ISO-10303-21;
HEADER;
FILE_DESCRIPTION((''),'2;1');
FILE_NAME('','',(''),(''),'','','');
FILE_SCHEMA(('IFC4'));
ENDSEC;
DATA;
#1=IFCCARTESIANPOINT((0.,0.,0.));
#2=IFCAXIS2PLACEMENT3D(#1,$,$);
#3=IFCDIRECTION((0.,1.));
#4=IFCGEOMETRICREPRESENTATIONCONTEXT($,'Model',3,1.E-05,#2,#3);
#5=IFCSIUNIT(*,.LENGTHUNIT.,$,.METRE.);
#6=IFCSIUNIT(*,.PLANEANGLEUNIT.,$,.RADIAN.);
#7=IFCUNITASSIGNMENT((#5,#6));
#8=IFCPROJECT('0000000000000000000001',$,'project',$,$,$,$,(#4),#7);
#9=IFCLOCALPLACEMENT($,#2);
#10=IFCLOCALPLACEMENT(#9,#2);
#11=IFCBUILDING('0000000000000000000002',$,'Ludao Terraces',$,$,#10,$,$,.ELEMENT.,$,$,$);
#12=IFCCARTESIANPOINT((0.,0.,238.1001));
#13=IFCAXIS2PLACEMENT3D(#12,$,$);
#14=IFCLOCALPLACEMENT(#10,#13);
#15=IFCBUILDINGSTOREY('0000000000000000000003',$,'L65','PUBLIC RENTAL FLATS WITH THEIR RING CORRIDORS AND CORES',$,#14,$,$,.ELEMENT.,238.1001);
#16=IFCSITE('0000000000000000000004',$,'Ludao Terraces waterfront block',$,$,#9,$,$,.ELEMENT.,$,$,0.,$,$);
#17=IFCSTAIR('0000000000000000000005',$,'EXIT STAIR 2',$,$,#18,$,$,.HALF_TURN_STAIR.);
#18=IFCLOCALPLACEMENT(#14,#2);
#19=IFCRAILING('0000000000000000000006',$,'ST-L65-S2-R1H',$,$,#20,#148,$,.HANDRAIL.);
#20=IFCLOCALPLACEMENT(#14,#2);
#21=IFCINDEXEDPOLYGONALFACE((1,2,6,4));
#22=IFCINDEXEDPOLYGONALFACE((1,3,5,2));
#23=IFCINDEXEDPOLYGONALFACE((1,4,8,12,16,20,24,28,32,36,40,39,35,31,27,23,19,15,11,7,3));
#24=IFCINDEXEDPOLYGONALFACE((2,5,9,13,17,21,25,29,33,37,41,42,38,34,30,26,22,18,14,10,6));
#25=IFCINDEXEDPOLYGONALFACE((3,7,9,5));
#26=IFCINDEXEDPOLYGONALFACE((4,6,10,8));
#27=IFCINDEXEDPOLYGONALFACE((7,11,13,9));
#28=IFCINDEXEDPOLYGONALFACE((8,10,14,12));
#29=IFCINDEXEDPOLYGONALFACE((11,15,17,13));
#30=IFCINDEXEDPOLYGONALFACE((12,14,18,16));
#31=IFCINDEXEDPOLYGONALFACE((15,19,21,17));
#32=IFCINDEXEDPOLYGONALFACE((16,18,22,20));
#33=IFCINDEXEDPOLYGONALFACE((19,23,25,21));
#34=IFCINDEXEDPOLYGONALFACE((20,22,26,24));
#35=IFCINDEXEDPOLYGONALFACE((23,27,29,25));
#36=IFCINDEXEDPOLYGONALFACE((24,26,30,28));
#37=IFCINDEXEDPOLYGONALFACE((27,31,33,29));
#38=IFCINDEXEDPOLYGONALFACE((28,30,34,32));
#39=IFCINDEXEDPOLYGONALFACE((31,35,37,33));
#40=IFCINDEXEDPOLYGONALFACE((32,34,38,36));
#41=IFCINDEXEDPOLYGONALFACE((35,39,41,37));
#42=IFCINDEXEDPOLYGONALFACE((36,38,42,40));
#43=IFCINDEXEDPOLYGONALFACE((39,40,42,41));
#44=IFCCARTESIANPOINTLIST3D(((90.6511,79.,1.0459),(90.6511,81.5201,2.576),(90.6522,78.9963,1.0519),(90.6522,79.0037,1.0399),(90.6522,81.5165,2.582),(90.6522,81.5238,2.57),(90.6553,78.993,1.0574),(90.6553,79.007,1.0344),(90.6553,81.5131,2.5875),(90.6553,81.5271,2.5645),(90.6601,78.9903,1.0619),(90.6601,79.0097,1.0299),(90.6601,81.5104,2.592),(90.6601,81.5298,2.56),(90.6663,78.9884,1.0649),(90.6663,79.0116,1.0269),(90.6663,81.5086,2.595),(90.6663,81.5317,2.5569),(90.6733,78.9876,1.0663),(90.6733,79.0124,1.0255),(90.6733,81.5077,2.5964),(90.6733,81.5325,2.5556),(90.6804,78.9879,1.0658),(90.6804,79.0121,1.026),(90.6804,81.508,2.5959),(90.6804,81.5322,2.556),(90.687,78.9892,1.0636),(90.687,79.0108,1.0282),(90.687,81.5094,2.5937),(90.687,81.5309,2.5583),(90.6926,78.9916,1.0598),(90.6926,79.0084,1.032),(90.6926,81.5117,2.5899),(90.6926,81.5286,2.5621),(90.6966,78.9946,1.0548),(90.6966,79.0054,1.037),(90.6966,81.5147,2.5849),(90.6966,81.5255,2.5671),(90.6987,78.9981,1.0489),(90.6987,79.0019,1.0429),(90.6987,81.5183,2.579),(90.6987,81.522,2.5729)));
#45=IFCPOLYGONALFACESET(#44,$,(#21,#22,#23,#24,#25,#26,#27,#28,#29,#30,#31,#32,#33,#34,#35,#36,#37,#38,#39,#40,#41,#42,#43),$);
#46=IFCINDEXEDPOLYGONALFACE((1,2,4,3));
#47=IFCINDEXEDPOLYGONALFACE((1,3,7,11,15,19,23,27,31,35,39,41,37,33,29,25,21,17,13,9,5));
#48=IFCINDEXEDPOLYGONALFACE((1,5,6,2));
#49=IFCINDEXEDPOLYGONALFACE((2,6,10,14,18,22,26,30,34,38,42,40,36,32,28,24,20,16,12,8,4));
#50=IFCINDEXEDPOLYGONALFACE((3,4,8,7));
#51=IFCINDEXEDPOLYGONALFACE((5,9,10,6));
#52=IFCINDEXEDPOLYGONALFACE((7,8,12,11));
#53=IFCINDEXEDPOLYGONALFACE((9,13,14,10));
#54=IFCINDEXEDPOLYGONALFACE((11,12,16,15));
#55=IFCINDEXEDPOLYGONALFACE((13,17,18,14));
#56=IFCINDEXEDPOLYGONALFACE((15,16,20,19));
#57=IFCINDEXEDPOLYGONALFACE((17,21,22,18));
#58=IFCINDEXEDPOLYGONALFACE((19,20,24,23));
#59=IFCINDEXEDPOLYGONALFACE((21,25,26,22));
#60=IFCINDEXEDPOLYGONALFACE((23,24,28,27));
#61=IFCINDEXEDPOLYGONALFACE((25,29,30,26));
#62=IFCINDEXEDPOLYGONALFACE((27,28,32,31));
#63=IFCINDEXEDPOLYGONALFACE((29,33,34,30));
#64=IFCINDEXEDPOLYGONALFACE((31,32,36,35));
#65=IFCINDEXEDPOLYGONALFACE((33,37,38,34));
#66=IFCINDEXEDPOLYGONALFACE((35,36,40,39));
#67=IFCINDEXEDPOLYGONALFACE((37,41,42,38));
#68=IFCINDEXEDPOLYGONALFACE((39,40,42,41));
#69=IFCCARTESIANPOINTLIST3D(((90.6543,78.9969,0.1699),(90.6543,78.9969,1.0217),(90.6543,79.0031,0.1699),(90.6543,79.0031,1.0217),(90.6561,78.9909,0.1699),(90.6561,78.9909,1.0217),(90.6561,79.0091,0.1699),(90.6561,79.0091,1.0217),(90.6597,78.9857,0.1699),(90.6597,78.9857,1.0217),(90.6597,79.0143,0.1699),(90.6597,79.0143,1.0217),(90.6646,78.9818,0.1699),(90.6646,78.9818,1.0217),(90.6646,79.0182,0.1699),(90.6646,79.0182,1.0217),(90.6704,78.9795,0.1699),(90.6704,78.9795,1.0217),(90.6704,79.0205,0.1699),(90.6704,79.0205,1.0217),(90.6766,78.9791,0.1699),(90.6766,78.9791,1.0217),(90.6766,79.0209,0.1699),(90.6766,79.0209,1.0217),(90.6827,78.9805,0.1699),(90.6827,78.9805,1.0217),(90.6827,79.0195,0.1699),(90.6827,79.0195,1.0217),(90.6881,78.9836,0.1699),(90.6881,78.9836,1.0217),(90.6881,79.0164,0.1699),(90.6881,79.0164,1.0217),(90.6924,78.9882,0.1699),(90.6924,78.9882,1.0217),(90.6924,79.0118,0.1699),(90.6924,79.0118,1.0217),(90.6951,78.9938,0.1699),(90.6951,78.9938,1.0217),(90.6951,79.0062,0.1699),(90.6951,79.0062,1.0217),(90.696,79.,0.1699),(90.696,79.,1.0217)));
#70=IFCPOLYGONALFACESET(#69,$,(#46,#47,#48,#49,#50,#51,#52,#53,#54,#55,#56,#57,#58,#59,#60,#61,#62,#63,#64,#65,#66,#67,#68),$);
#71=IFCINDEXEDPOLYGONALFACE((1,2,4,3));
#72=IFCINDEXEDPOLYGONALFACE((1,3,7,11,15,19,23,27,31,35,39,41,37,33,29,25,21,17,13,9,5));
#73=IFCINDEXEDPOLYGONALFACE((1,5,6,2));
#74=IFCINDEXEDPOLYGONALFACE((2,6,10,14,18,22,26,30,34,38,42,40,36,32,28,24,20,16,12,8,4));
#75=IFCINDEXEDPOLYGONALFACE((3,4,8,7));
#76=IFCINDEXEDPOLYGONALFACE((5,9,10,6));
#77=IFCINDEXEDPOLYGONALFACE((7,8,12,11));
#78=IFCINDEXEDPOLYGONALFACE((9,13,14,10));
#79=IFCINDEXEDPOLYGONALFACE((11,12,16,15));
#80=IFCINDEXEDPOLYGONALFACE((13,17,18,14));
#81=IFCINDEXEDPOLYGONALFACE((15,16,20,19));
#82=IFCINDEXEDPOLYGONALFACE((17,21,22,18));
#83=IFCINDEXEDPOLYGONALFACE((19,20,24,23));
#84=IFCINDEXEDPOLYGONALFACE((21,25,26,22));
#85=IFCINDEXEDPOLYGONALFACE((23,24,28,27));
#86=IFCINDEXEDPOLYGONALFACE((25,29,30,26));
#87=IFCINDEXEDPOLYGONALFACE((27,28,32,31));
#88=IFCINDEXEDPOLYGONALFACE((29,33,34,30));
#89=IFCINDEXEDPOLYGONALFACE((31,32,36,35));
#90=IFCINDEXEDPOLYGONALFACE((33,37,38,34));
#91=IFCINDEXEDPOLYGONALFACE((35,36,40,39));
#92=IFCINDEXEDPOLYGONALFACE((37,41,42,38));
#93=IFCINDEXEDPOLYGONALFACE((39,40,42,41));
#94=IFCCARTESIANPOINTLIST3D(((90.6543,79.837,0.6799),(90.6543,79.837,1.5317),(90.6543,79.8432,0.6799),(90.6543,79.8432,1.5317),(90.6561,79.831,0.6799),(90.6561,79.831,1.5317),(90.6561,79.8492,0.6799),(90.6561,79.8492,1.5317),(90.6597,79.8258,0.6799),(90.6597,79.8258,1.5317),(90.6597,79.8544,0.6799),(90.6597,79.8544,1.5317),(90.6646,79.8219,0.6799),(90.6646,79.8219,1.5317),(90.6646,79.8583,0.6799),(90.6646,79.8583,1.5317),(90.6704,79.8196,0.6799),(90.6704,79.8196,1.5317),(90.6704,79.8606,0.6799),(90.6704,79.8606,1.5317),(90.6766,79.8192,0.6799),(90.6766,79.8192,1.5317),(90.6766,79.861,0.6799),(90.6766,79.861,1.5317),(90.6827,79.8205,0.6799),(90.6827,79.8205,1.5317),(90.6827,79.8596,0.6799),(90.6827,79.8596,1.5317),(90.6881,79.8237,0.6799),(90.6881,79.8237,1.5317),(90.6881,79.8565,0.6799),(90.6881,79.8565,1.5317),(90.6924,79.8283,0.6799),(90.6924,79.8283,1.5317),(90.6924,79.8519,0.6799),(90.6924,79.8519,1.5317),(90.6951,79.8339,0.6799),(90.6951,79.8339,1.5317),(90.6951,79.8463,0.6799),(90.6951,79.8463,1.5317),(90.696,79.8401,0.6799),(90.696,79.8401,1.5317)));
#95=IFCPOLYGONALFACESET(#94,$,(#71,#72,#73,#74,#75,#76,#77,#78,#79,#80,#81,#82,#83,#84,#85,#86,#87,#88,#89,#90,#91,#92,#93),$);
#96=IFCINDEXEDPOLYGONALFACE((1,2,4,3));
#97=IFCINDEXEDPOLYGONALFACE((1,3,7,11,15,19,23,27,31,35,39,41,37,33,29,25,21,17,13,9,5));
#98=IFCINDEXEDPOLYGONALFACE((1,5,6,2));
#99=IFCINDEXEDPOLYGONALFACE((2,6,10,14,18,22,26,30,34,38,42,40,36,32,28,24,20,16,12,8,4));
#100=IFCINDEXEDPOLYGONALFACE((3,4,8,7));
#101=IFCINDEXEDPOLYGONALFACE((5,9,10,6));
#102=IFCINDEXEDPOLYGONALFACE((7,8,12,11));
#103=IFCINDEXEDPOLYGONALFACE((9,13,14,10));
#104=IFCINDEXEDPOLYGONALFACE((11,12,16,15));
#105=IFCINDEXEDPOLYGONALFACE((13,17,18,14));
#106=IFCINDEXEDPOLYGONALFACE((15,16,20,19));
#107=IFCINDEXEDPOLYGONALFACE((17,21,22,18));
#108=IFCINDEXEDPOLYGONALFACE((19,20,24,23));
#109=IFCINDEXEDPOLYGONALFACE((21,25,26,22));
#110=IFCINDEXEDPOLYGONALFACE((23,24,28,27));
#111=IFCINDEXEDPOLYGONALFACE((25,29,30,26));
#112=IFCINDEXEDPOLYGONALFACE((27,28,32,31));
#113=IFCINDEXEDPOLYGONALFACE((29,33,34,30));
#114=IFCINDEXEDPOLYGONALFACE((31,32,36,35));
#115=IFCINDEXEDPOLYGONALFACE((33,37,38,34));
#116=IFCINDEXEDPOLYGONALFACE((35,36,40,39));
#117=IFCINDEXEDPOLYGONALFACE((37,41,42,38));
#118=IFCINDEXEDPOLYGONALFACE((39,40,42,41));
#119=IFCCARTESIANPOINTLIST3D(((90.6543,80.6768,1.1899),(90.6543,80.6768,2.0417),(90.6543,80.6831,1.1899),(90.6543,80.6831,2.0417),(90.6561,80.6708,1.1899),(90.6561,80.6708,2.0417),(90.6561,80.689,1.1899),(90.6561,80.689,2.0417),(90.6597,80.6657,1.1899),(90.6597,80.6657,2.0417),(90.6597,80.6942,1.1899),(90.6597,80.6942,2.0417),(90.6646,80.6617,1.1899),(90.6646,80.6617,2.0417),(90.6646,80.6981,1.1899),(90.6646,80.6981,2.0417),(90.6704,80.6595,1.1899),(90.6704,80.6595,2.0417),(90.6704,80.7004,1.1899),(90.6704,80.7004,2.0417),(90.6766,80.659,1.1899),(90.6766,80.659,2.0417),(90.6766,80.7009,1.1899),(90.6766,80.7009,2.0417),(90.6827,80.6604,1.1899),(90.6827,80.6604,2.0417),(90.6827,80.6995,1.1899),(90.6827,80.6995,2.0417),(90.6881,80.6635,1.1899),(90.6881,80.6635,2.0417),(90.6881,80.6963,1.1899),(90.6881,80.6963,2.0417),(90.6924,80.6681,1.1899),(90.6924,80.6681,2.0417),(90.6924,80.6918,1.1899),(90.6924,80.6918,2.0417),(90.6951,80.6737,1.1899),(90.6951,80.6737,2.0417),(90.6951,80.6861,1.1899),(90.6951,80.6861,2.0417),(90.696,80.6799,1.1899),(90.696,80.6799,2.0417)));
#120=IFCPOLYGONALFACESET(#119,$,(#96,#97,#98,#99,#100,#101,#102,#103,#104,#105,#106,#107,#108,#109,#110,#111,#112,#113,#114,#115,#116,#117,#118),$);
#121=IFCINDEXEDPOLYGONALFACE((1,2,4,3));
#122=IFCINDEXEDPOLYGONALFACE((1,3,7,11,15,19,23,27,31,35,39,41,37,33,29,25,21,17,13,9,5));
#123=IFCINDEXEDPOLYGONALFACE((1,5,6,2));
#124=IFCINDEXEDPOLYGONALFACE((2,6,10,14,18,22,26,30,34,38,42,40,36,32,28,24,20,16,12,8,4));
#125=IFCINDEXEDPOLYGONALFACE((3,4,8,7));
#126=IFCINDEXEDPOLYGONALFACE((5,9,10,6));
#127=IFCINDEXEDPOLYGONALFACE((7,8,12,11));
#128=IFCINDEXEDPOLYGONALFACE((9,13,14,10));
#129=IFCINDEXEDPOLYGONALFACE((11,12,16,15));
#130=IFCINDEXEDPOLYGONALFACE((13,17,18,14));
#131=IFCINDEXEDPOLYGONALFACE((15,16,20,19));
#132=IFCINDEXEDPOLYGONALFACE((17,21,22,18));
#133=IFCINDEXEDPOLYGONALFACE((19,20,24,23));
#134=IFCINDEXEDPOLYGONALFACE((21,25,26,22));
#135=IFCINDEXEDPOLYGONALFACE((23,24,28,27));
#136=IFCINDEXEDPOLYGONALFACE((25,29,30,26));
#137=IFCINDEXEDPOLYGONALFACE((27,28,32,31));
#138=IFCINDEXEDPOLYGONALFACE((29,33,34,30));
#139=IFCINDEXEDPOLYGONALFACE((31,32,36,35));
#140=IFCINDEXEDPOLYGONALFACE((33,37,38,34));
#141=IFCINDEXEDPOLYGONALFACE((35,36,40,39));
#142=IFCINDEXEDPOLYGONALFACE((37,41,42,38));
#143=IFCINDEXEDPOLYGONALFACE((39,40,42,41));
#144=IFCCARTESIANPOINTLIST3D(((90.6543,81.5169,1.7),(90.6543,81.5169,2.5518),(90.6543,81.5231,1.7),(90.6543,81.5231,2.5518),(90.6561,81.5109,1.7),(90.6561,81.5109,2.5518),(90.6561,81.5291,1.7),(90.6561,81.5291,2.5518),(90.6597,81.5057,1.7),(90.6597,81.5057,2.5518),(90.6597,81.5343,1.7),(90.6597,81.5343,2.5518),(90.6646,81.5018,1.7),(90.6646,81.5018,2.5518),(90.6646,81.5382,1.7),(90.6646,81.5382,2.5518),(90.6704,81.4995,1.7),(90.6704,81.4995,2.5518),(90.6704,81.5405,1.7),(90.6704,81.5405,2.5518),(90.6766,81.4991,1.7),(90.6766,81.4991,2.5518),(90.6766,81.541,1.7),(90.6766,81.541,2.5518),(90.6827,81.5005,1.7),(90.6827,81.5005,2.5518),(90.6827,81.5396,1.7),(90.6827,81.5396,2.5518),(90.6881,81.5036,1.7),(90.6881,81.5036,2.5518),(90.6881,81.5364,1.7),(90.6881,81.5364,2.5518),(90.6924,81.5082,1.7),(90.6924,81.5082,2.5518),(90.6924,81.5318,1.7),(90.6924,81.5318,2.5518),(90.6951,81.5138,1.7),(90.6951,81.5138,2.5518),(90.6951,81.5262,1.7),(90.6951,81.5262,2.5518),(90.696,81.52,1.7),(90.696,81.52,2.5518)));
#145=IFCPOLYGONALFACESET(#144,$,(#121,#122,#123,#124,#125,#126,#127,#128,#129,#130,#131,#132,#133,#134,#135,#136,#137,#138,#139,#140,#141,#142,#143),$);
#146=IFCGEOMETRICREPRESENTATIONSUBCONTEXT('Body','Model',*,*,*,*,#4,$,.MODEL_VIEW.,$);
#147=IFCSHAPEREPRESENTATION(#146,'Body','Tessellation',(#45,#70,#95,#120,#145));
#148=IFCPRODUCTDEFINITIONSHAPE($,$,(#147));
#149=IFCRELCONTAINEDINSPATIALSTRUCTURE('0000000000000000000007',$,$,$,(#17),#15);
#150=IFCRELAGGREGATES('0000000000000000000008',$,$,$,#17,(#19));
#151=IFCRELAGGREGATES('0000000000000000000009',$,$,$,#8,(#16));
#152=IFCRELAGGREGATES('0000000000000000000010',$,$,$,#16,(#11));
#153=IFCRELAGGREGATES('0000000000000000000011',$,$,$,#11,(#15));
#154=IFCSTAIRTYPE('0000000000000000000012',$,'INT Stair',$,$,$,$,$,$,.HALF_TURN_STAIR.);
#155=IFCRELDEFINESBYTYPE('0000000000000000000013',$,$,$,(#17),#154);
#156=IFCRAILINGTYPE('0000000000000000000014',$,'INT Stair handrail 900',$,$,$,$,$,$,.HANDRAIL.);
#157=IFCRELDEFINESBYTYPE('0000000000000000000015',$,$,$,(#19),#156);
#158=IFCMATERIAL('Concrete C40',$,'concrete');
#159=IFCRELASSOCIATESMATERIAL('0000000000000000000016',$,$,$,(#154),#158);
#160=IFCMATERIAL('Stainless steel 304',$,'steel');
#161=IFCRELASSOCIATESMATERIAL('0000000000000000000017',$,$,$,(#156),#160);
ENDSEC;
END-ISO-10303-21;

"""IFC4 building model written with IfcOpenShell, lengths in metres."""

from ifc_helpers import new_model, si_unit, direction, frame, origin, origin_2d, place, context, subcontext, project, spatial, circle, extrude, material, type_object, element, aggregate, save


model = new_model("IFC4")

# Units and contexts
model_context = context("Model", 3, precision=1e-05, world=origin(), true_north=direction((0.0, 1.0)))
body_context = subcontext(model_context, "Body", "Model", "MODEL_VIEW")
ifc_project = project(units=[si_unit("LENGTHUNIT", "METRE"), si_unit("PLANEANGLEUNIT", "RADIAN")], contexts=[model_context])

# Site, building, storey
site_placement = place(None, origin())
site = spatial("IfcSite", under=ifc_project, at=site_placement, Name="Ludao Terraces waterfront block", CompositionType="ELEMENT", RefElevation=0.0)
building_placement = place(site_placement, origin())
building = spatial("IfcBuilding", under=site, at=building_placement, Name="Ludao Terraces", CompositionType="ELEMENT")
storey_placement = place(building_placement, frame((0.0, 0.0, 238.1001)))
storey = spatial("IfcBuildingStorey", under=building, at=storey_placement, Name="L65", Description="PUBLIC RENTAL FLATS WITH THEIR RING CORRIDORS AND CORES", CompositionType="ELEMENT", Elevation=238.1001)

# Shared definitions
ifc_material_1 = material(Name="Concrete C40", Category="concrete")

# Shared definitions
ifc_material_2 = material(Name="Stainless steel 304", Category="steel")

# Stair, railing
stair_type = type_object("IfcStairType", Name="INT Stair", PredefinedType="HALF_TURN_STAIR", material=ifc_material_1)
stair_placement = place(storey_placement, origin())
stair = element("IfcStair", 1, at=stair_placement, inside=storey, type_object=stair_type, Name="EXIT STAIR 2", PredefinedType="HALF_TURN_STAIR")
railing_type_1 = type_object("IfcRailingType", Name="INT Stair handrail 900", PredefinedType="HANDRAIL", material=ifc_material_2)
railing_1_placement = place(storey_placement, frame((90.675, 79.0, 0.1699)))
railing_1 = element("IfcRailing", 2, at=railing_1_placement, type_object=railing_type_1, Name="ST-L65-S2-R1H", PredefinedType="HANDRAIL", context=body_context, shape_type="SweptSolid", body=[
    extrude(circle(Radius=0.0239, at=origin_2d()), frame((0.0, 0.0, 0.876), z_axis=(0.0, 0.854785, 0.518982), x_axis=(-1.0, 0.0, 0.0)), (0.0, 0.0, 1.0), 2.9482),
    extrude(circle(Radius=0.021, at=origin_2d()), origin(), (0.0, 0.0, 1.0), 0.8518),
    extrude(circle(Radius=0.021, at=origin_2d()), frame((0.0, 0.8401, 0.51)), (0.0, 0.0, 1.0), 0.8518),
    extrude(circle(Radius=0.021, at=origin_2d()), frame((0.0, 1.6799, 1.02)), (0.0, 0.0, 1.0), 0.8518),
    extrude(circle(Radius=0.021, at=origin_2d()), frame((0.0, 2.52, 1.53)), (0.0, 0.0, 1.0), 0.8518),
])
aggregate(stair, [railing_1])

save(model, "model.ifc")
